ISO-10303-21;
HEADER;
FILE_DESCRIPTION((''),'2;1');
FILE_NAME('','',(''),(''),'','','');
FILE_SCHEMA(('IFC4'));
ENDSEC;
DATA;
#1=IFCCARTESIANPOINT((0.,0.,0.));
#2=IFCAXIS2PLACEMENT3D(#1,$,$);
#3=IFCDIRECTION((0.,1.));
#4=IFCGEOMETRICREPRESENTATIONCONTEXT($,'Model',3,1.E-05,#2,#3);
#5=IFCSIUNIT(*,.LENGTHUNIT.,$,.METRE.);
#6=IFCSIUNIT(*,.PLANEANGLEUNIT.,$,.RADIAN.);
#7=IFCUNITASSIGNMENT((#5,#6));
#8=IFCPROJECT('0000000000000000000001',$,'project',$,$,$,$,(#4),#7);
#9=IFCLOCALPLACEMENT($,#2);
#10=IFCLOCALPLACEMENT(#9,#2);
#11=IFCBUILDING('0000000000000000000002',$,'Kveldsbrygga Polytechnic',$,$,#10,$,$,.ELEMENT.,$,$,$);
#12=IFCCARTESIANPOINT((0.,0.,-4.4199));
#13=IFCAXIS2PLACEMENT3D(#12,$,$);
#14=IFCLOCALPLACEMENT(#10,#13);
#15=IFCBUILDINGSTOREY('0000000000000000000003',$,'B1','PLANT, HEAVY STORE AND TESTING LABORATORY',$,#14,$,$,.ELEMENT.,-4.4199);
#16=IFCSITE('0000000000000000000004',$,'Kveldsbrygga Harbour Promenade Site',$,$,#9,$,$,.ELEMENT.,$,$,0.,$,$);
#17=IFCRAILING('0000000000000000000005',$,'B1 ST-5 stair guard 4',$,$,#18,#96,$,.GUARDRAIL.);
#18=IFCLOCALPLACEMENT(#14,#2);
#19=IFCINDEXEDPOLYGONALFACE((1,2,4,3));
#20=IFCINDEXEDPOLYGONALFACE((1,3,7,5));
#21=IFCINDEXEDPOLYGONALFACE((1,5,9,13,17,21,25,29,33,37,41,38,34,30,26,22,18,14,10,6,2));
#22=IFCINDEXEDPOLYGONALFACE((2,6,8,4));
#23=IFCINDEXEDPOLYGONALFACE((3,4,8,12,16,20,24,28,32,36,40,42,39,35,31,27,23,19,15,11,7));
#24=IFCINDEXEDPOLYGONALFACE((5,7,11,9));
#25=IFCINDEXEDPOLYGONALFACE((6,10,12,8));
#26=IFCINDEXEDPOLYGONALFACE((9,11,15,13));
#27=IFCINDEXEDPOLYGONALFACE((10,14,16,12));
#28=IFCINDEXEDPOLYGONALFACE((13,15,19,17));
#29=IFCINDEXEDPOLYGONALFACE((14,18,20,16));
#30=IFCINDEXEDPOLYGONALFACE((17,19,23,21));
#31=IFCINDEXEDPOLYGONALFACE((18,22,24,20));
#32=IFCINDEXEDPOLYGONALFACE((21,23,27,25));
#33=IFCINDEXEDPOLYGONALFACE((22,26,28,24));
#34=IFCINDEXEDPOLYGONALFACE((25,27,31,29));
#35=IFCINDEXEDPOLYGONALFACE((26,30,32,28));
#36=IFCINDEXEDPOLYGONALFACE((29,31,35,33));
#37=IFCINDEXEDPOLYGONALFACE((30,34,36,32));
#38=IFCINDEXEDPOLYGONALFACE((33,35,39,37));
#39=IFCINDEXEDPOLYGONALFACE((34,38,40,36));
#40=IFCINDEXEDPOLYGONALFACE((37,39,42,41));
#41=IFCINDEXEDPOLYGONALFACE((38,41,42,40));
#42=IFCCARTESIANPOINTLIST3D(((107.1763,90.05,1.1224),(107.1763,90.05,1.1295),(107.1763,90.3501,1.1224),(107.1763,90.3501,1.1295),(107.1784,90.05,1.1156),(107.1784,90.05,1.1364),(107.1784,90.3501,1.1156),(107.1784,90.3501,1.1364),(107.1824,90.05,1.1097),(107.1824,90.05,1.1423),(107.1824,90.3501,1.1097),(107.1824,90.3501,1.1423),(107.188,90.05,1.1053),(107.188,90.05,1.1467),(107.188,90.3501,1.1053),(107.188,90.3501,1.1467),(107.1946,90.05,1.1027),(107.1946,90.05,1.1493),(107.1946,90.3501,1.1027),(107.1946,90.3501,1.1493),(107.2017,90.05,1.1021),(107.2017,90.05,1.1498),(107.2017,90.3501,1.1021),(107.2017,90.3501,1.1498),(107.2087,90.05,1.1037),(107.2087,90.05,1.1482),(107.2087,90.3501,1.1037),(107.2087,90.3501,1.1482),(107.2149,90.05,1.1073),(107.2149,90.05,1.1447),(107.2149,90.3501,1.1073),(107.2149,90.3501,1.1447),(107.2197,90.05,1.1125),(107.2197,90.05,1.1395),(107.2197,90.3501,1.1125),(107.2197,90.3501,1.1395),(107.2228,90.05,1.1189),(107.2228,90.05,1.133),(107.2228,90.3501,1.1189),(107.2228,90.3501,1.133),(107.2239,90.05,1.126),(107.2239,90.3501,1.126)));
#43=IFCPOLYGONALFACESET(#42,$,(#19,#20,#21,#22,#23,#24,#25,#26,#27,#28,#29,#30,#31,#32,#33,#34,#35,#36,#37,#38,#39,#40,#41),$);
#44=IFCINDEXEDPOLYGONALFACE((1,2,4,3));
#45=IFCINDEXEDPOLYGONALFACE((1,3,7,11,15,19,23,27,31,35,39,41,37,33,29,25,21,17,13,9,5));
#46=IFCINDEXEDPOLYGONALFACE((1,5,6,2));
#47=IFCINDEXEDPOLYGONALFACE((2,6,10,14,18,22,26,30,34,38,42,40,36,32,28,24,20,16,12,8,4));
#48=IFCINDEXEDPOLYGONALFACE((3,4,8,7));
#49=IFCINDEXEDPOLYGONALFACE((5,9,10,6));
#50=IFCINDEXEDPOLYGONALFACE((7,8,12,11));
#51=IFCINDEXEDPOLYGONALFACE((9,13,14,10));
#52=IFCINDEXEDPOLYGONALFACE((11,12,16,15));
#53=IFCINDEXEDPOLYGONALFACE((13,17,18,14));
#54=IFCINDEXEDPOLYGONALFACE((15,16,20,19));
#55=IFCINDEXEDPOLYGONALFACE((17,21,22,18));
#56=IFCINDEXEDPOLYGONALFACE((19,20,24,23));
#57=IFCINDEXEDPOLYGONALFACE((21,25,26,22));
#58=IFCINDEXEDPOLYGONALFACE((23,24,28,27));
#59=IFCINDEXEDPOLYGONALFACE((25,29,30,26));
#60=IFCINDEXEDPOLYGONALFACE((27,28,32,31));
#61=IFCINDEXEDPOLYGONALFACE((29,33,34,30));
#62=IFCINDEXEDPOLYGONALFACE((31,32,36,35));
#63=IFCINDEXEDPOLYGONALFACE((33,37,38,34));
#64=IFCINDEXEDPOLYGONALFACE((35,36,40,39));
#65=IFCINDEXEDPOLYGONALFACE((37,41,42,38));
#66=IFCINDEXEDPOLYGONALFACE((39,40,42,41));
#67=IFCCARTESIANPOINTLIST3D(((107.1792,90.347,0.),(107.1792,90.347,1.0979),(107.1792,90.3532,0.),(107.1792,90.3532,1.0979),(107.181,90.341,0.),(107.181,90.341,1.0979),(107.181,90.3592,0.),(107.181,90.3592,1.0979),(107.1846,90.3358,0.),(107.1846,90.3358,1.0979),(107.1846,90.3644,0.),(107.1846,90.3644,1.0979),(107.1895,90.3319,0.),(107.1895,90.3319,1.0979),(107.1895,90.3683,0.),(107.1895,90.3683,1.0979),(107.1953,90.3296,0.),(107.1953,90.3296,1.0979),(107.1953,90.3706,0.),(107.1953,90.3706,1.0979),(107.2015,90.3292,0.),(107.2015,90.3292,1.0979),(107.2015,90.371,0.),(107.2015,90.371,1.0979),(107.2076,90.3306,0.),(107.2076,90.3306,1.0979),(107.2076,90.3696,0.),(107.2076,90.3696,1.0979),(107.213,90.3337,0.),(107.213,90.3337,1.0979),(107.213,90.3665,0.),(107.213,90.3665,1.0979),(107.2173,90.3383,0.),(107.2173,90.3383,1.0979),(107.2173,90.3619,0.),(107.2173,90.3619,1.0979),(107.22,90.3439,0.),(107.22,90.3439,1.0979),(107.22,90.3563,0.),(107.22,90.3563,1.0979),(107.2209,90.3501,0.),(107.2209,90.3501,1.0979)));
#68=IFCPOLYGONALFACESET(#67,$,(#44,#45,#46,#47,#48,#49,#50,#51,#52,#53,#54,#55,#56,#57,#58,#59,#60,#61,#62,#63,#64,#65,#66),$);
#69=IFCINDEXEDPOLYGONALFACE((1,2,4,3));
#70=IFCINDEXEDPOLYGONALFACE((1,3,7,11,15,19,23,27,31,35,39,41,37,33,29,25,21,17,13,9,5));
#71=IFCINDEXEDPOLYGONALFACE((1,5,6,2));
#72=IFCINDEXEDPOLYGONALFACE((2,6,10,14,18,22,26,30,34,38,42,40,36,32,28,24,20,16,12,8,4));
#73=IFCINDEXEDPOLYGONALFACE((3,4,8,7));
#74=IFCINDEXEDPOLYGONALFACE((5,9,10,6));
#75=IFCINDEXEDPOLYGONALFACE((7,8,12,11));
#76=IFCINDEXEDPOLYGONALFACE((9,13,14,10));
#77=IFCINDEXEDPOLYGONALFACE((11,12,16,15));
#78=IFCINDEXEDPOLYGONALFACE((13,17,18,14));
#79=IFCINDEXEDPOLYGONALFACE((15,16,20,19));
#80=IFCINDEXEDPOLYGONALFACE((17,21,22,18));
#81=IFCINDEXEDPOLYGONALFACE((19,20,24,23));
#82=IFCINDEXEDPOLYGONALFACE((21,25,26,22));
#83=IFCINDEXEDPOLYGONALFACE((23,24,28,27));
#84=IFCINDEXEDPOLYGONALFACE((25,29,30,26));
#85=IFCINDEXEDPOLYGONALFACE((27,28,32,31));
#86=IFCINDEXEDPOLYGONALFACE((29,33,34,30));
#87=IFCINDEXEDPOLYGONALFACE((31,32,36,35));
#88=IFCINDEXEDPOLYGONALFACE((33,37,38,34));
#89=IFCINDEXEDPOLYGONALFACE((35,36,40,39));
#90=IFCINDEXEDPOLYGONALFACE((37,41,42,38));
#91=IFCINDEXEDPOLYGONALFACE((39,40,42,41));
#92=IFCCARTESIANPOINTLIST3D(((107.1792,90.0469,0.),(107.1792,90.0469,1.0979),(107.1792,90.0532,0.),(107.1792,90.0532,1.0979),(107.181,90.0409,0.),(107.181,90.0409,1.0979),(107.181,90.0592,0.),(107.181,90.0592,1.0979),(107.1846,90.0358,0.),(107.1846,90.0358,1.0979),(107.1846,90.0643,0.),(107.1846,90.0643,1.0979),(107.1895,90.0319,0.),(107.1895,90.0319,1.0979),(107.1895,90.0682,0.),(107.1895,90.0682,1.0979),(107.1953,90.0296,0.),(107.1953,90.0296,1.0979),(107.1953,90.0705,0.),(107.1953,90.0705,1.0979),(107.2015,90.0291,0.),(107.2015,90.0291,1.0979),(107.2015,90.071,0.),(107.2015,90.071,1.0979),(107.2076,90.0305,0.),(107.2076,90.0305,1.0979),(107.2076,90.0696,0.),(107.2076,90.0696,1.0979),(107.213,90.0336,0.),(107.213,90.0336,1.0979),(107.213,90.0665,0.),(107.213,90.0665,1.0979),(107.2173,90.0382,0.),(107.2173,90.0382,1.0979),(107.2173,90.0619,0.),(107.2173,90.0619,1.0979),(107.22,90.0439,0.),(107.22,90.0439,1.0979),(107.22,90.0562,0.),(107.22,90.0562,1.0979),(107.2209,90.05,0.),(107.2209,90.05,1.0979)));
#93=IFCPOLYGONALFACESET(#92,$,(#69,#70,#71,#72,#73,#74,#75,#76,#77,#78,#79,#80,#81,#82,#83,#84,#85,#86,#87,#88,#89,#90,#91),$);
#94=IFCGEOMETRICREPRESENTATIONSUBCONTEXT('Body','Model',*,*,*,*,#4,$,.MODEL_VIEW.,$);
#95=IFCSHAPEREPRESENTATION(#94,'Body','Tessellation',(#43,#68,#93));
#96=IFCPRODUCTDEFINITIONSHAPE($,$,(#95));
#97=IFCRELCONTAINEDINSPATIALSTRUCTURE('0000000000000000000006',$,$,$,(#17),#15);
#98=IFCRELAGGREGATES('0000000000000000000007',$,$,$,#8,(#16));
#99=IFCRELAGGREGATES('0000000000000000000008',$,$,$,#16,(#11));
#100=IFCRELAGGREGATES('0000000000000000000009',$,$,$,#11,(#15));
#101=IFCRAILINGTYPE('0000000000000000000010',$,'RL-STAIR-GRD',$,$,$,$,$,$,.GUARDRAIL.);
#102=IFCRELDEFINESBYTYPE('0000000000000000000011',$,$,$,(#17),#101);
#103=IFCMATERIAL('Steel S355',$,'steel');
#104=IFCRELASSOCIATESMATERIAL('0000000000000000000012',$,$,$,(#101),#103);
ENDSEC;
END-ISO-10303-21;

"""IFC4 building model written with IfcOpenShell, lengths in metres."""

from ifc_helpers import new_model, si_unit, direction, frame, origin, origin_2d, place, context, subcontext, project, spatial, circle, extrude, material, type_object, element, save


model = new_model("IFC4")

# Units and contexts
model_context = context("Model", 3, precision=1e-05, world=origin(), true_north=direction((0.0, 1.0)))
body_context = subcontext(model_context, "Body", "Model", "MODEL_VIEW")
ifc_project = project(units=[si_unit("LENGTHUNIT", "METRE"), si_unit("PLANEANGLEUNIT", "RADIAN")], contexts=[model_context])

# Site, building, storey
site_placement = place(None, origin())
site = spatial("IfcSite", under=ifc_project, at=site_placement, Name="Kveldsbrygga Harbour Promenade Site", CompositionType="ELEMENT", RefElevation=0.0)
building_placement = place(site_placement, origin())
building = spatial("IfcBuilding", under=site, at=building_placement, Name="Kveldsbrygga Polytechnic", CompositionType="ELEMENT")
storey_placement = place(building_placement, frame((0.0, 0.0, -4.4199)))
storey = spatial("IfcBuildingStorey", under=building, at=storey_placement, Name="B1", Description="PLANT, HEAVY STORE AND TESTING LABORATORY", CompositionType="ELEMENT", Elevation=-4.4199)

# Shared definitions
ifc_material_1 = material(Name="Steel S355", Category="steel")

# Railing
railing_type_1 = type_object("IfcRailingType", Name="RL-STAIR-GRD", PredefinedType="GUARDRAIL", material=ifc_material_1)
railing_1_placement = place(storey_placement, frame((107.2, 90.3501, 0.0)))
element("IfcRailing", 1, at=railing_1_placement, inside=storey, type_object=railing_type_1, Name="B1 ST-5 stair guard 4", PredefinedType="GUARDRAIL", context=body_context, shape_type="SweptSolid", body=[
    extrude(circle(Radius=0.0239, at=origin_2d()), frame((0.0, 0.0, 1.126), z_axis=(0.0, -1.0, 0.0), x_axis=(1.0, 0.0, 0.0)), (0.0, 0.0, 1.0), 0.3),
    extrude(circle(Radius=0.021, at=origin_2d()), origin(), (0.0, 0.0, 1.0), 1.0979),
    extrude(circle(Radius=0.021, at=origin_2d()), frame((0.0, -0.3, 0.0)), (0.0, 0.0, 1.0), 1.0979),
])

save(model, "model.ifc")
